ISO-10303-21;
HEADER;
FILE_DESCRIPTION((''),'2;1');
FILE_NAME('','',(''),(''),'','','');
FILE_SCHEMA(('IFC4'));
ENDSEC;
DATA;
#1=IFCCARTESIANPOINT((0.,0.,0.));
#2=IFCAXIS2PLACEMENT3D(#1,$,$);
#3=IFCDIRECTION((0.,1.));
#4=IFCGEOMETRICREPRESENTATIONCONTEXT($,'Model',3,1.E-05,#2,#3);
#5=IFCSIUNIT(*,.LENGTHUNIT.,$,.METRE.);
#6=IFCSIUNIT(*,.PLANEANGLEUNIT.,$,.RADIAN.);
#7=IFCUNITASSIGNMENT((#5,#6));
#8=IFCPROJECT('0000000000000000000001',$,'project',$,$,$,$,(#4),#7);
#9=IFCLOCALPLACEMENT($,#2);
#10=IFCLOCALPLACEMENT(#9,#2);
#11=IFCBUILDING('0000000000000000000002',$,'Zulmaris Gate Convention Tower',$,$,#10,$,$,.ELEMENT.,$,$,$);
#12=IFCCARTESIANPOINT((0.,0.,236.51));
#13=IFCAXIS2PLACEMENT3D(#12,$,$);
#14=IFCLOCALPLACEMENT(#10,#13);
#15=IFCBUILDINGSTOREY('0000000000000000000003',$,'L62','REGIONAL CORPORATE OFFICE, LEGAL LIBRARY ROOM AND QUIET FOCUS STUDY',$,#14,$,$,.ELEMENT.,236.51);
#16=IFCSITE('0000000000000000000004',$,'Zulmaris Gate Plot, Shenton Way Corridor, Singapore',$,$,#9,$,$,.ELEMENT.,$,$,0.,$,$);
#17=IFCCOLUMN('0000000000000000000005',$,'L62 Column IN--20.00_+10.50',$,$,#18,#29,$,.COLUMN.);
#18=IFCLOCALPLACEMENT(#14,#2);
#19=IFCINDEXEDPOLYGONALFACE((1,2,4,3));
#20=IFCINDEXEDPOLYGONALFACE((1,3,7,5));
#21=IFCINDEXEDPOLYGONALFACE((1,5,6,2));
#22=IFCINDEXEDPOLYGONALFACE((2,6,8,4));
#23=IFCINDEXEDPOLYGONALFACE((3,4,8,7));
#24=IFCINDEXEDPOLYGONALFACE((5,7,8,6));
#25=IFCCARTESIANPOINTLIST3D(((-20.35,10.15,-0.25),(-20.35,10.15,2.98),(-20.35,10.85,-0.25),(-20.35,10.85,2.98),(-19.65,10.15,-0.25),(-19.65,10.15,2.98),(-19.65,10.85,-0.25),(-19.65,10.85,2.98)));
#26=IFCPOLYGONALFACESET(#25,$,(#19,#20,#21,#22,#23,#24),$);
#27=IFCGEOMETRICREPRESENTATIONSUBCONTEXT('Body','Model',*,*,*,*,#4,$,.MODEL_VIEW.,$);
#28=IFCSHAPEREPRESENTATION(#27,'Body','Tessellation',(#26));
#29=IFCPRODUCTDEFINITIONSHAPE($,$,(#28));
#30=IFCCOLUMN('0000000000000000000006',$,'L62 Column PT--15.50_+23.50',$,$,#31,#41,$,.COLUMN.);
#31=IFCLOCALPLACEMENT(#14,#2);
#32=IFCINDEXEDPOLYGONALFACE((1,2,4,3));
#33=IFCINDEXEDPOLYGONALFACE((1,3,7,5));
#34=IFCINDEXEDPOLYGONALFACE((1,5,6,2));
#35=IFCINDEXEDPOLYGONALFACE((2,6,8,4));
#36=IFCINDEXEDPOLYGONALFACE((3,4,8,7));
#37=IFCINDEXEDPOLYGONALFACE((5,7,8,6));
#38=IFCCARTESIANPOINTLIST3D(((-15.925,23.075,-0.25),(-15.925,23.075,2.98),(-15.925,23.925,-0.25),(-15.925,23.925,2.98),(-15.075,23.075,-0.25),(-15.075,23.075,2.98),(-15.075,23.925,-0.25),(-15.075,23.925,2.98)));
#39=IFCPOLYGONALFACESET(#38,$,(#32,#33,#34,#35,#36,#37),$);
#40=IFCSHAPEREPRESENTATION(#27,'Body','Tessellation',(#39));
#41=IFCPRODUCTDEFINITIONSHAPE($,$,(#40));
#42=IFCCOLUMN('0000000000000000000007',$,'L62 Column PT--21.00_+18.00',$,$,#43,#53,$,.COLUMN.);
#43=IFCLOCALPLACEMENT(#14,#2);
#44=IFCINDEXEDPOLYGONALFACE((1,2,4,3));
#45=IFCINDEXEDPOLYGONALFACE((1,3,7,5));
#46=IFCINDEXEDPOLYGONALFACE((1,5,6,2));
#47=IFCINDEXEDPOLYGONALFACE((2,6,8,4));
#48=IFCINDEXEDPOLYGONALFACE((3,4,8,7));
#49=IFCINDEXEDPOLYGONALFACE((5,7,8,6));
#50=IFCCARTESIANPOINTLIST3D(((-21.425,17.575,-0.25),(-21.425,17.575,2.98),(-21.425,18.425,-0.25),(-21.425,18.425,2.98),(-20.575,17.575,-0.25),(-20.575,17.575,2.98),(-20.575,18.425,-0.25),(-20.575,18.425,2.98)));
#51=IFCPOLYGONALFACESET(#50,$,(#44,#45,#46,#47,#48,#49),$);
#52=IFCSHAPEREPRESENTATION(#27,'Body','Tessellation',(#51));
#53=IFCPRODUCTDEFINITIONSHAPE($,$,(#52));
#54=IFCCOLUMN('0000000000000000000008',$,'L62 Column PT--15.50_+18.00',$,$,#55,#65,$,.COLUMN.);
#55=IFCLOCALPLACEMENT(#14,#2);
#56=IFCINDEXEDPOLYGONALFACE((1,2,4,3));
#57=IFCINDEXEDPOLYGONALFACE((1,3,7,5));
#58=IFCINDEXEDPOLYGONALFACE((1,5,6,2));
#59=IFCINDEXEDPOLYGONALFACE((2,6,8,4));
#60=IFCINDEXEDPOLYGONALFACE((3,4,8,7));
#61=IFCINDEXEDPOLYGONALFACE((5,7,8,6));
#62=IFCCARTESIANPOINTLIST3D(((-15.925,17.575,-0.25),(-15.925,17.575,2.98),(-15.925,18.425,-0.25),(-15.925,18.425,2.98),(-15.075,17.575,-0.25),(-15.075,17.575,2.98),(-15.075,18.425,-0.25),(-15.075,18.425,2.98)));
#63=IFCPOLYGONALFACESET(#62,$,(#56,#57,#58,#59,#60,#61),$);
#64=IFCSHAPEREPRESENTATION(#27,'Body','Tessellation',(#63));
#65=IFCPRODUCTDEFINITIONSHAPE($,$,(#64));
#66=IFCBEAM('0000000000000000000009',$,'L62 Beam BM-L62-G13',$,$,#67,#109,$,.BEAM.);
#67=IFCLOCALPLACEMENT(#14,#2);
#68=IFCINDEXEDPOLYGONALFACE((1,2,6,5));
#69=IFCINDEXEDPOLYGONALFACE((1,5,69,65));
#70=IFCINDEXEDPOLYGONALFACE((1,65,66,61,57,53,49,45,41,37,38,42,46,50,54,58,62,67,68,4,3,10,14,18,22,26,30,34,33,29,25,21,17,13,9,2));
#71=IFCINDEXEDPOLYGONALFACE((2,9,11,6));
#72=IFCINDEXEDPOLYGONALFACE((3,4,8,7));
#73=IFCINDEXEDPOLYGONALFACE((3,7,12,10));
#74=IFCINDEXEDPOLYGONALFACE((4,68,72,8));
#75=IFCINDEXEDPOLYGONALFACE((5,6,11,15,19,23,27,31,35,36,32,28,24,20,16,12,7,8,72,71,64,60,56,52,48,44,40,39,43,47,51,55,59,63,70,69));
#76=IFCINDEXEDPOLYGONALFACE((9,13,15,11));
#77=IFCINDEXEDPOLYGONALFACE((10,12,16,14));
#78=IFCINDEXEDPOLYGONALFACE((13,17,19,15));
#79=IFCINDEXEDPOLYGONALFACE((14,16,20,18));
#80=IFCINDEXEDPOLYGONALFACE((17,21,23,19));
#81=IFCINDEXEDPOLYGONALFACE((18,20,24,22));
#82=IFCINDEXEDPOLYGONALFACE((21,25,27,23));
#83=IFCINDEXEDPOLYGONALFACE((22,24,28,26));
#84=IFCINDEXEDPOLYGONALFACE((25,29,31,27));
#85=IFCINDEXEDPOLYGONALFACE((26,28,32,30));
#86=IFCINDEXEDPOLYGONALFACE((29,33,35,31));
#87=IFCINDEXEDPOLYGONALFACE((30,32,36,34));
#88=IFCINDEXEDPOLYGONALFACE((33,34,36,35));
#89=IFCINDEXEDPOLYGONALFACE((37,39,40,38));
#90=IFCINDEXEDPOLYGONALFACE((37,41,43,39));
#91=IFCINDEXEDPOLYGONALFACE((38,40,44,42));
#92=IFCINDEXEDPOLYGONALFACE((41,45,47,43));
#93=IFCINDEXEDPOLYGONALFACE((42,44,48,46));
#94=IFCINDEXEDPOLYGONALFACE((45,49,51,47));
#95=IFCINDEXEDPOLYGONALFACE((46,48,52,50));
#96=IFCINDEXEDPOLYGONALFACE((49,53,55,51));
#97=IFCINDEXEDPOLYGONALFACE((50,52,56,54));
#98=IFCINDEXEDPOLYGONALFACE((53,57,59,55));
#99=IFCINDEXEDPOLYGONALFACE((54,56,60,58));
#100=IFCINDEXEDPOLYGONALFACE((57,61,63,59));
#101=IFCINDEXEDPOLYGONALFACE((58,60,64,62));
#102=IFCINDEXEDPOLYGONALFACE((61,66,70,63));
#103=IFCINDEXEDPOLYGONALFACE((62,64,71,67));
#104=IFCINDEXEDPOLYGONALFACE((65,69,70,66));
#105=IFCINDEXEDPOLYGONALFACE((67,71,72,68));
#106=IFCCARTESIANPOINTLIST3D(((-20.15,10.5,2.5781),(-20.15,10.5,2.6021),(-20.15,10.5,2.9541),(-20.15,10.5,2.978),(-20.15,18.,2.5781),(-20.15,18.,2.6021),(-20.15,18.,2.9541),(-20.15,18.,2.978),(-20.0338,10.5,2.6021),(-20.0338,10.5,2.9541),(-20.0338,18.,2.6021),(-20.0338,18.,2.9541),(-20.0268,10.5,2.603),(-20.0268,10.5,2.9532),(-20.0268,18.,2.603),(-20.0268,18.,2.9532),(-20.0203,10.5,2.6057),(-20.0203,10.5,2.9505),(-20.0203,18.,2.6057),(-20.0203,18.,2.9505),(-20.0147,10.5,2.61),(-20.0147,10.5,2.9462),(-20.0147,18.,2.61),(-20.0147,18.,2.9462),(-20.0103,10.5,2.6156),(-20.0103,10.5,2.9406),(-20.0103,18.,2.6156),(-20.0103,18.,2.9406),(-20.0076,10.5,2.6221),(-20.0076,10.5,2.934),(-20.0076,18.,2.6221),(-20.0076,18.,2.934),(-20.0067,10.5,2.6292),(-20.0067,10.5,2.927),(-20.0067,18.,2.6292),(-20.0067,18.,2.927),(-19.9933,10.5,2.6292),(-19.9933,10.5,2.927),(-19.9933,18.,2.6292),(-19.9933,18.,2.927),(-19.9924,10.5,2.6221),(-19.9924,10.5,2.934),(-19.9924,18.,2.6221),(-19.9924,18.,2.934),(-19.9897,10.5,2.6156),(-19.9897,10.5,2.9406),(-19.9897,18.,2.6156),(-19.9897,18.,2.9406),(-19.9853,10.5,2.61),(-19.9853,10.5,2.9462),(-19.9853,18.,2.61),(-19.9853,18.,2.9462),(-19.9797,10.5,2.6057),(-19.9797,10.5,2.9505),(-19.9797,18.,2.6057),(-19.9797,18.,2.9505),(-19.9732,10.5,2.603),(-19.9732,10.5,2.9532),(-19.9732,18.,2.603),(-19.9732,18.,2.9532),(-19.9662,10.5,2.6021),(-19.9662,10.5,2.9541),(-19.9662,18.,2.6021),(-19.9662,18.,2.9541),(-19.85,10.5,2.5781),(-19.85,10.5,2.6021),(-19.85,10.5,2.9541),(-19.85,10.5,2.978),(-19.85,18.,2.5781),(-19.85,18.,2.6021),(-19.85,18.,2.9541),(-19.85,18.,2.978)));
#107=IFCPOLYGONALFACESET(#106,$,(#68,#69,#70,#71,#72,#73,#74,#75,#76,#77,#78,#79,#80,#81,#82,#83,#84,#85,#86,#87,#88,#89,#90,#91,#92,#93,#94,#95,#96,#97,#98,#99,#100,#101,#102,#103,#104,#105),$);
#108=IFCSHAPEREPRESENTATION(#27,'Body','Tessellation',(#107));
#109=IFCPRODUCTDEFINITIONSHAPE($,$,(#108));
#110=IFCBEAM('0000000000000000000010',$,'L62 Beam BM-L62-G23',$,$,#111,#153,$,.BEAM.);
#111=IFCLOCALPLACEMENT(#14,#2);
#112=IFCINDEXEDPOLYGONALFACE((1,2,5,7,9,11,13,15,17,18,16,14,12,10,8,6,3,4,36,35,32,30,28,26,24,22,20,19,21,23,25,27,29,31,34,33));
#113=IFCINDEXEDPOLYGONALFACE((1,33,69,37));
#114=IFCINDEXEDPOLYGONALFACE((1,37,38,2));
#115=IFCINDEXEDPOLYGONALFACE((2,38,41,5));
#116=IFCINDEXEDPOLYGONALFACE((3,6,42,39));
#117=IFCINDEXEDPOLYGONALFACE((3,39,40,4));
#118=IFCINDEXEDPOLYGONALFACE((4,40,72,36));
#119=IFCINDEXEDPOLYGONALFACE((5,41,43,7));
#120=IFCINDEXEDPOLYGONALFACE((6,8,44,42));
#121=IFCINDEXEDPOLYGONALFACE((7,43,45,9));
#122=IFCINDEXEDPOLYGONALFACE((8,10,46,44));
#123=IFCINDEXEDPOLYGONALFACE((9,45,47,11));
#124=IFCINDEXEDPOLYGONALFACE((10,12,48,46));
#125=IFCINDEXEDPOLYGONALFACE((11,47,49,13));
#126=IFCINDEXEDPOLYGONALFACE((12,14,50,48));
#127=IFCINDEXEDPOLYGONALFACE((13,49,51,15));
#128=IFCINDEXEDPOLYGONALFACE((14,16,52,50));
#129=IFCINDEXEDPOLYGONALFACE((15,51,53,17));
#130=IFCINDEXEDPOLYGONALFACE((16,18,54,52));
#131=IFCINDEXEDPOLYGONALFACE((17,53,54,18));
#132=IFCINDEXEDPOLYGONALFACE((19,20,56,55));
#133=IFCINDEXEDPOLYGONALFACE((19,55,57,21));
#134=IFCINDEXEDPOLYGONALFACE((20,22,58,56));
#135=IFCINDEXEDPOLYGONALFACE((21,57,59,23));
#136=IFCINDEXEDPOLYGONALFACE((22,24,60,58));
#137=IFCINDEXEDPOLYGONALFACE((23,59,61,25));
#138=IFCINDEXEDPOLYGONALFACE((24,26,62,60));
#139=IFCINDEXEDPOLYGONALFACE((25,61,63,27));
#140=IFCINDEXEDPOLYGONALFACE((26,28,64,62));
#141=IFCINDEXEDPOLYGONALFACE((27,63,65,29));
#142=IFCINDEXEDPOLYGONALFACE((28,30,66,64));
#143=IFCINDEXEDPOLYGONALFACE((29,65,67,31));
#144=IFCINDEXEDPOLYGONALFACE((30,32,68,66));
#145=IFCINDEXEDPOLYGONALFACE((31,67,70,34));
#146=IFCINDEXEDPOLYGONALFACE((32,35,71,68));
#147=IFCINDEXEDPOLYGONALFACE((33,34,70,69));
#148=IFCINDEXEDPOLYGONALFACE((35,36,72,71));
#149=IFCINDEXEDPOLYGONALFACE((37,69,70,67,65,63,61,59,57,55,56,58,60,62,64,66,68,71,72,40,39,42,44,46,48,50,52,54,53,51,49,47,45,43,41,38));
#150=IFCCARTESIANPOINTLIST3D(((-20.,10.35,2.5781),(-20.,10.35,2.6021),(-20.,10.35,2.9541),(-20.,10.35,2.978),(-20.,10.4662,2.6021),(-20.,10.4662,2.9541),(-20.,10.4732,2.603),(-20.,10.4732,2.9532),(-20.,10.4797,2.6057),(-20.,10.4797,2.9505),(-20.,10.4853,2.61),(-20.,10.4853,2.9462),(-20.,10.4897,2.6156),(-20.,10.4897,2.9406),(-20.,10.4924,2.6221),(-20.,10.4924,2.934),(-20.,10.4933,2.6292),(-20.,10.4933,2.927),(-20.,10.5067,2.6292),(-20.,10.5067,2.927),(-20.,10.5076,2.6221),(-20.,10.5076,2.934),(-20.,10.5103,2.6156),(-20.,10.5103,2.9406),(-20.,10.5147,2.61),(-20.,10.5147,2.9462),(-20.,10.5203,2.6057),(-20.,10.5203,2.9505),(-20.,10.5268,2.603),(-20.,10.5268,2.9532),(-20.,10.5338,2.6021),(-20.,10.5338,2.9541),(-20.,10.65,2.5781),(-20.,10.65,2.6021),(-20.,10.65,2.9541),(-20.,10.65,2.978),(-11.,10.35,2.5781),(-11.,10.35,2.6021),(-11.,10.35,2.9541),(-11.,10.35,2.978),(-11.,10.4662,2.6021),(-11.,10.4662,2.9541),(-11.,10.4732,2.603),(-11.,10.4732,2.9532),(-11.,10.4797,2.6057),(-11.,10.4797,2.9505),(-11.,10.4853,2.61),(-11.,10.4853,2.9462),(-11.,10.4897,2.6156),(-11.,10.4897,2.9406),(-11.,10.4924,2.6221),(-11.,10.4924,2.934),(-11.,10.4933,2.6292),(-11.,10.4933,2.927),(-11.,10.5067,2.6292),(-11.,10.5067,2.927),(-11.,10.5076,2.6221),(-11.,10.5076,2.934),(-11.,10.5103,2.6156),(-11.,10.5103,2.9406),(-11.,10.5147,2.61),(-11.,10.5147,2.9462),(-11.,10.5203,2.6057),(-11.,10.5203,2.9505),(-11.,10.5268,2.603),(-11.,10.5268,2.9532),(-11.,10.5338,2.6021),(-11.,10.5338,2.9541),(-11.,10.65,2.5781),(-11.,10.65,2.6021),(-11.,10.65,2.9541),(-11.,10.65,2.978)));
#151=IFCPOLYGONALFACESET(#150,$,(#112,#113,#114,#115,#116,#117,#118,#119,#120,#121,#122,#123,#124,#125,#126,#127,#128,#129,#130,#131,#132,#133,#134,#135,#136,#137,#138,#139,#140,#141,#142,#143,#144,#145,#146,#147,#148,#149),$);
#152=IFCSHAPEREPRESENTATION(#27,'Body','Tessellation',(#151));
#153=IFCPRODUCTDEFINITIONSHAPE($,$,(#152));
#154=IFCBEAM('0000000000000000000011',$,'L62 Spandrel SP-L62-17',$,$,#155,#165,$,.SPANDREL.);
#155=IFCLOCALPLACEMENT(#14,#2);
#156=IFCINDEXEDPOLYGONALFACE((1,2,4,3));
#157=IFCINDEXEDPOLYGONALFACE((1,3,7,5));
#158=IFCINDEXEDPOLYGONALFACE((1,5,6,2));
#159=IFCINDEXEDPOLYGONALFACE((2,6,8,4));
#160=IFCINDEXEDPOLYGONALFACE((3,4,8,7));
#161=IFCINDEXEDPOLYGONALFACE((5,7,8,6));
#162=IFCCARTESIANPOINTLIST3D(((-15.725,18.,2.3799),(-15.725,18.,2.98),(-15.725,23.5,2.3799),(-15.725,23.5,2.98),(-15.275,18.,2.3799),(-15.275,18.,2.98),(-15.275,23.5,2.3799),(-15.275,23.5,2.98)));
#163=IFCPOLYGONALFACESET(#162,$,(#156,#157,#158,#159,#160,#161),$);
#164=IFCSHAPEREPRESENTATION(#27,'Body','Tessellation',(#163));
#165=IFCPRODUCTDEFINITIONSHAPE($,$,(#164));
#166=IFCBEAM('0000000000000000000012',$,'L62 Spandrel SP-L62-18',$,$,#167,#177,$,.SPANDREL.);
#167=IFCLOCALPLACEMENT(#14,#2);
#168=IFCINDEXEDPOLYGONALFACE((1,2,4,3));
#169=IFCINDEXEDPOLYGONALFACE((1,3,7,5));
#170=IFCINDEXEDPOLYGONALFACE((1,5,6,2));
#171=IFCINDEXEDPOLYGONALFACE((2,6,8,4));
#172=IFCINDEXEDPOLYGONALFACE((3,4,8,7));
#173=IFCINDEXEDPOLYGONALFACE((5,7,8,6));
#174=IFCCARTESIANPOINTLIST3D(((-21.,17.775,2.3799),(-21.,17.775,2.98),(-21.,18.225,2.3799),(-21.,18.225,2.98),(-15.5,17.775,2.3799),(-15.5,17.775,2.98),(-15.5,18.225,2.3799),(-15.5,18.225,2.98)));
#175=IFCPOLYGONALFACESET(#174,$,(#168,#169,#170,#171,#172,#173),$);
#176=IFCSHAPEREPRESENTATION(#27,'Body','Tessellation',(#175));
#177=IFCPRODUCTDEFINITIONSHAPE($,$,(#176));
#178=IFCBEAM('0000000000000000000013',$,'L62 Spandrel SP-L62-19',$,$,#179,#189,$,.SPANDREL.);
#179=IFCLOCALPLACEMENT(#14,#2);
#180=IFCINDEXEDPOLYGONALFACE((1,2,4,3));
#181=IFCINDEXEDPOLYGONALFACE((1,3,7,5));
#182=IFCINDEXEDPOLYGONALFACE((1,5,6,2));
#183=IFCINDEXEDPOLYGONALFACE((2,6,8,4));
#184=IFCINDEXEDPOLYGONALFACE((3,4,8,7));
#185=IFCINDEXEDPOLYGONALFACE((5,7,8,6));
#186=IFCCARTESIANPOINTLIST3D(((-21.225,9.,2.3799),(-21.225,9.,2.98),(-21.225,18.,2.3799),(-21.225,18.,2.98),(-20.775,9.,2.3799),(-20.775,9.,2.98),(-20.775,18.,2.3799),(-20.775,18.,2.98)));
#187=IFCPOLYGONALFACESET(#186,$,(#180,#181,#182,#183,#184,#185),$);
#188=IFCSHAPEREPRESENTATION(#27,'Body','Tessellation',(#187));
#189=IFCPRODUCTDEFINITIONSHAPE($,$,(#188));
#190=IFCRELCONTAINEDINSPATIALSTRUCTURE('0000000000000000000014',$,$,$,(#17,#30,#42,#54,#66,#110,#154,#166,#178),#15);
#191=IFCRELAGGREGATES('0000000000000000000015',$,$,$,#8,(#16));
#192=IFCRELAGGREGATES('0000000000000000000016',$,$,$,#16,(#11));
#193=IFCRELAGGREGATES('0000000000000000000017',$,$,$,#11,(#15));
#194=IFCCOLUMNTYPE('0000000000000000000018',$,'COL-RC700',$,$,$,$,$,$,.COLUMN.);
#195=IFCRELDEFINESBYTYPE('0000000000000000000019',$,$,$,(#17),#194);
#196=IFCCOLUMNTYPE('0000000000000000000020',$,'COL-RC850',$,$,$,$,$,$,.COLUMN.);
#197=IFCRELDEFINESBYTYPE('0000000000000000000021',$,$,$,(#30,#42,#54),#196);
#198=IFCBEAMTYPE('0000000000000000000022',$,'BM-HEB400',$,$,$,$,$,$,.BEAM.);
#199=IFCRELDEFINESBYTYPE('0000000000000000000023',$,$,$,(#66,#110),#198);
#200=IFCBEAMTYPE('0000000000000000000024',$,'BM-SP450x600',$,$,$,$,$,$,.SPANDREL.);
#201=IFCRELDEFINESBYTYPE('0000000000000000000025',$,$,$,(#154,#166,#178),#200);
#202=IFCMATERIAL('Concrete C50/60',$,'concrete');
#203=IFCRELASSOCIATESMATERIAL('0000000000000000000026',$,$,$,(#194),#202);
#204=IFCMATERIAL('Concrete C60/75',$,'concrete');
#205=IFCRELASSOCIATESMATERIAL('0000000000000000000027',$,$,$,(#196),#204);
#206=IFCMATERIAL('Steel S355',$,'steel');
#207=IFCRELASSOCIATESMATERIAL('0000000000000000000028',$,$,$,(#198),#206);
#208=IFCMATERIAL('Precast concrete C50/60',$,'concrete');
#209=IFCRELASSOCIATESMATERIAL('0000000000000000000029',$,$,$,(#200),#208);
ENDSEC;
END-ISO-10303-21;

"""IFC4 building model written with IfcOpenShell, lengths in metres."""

from ifc_helpers import new_model, si_unit, direction, frame, origin, origin_2d, place, context, subcontext, project, spatial, rectangle, i_section, extrude, material, material_profile, profile_set, type_object, element, save


model = new_model("IFC4")

# Units and contexts
model_context = context("Model", 3, precision=1e-05, world=origin(), true_north=direction((0.0, 1.0)))
body_context = subcontext(model_context, "Body", "Model", "MODEL_VIEW")
ifc_project = project(units=[si_unit("LENGTHUNIT", "METRE"), si_unit("PLANEANGLEUNIT", "RADIAN")], contexts=[model_context])

# Site, building, storey
site_placement = place(None, origin())
site = spatial("IfcSite", under=ifc_project, at=site_placement, Name="Zulmaris Gate Plot, Shenton Way Corridor, Singapore", CompositionType="ELEMENT", RefElevation=0.0)
building_placement = place(site_placement, origin())
building = spatial("IfcBuilding", under=site, at=building_placement, Name="Zulmaris Gate Convention Tower", CompositionType="ELEMENT")
storey_placement = place(building_placement, frame((0.0, 0.0, 236.51)))
storey = spatial("IfcBuildingStorey", under=building, at=storey_placement, Name="L62", Description="REGIONAL CORPORATE OFFICE, LEGAL LIBRARY ROOM AND QUIET FOCUS STUDY", CompositionType="ELEMENT", Elevation=236.51)

# Columns
ifc_material_1 = material(Name="Concrete C50/60", Category="concrete")
ifc_material_profile_1 = material_profile(ifc_material_1, rectangle(XDim=0.7, YDim=0.7, at=origin_2d()), Name="RC COL 700x700")
ifc_profile_set_1 = profile_set([ifc_material_profile_1], Name="Concrete C50/60")
column_type_1 = type_object("IfcColumnType", Name="COL-RC700", PredefinedType="COLUMN", material=ifc_profile_set_1)
column_placement = place(storey_placement, frame((-20.0, 10.5, -0.25), z_axis=(0.0, 0.0, 1.0), x_axis=(1.0, 0.0, 0.0)))
element("IfcColumn", 1, at=column_placement, inside=storey, type_object=column_type_1, Name="L62 Column IN--20.00_+10.50", PredefinedType="COLUMN", context=body_context, shape_type="SweptSolid", body=[
    extrude(rectangle(XDim=0.7, YDim=0.7, at=origin_2d()), origin(), (0.0, 0.0, 1.0), 3.23),
])
ifc_material_2 = material(Name="Concrete C60/75", Category="concrete")
ifc_material_profile_2 = material_profile(ifc_material_2, rectangle(XDim=0.8501, YDim=0.8501, at=origin_2d()), Name="RC COL 850x850")
ifc_profile_set_2 = profile_set([ifc_material_profile_2], Name="Concrete C60/75")
column_type_2 = type_object("IfcColumnType", Name="COL-RC850", PredefinedType="COLUMN", material=ifc_profile_set_2)
for number, where, z_axis, x_axis, name in (
    (2, (-15.5, 23.5, -0.25), (0.0, 0.0, 1.0), (1.0, 0.0, 0.0), "L62 Column PT--15.50_+23.50"),
    (3, (-21.0, 18.0, -0.25), (0.0, 0.0, 1.0), (1.0, 0.0, 0.0), "L62 Column PT--21.00_+18.00"),
    (4, (-15.5, 18.0, -0.25), (0.0, 0.0, 1.0), (1.0, 0.0, 0.0), "L62 Column PT--15.50_+18.00"),
):
    element("IfcColumn", number, at=place(storey_placement, frame(where, z_axis=z_axis, x_axis=x_axis)), inside=storey, type_object=column_type_2, Name=name, PredefinedType="COLUMN", context=body_context, shape_type="SweptSolid", body=[
        extrude(rectangle(XDim=0.8501, YDim=0.8501, at=origin_2d()), origin(), (0.0, 0.0, 1.0), 3.23),
    ])

# Beams
ifc_material_3 = material(Name="Steel S355", Category="steel")
ifc_material_profile_3 = material_profile(ifc_material_3, i_section(OverallWidth=0.3, OverallDepth=0.3999, WebThickness=0.0134, FlangeThickness=0.0239, FilletRadius=0.0271, at=origin_2d()), Name="HEB 400")
ifc_profile_set_3 = profile_set([ifc_material_profile_3], Name="Steel S355")
beam_type_1 = type_object("IfcBeamType", Name="BM-HEB400", PredefinedType="BEAM", material=ifc_profile_set_3)
beam_1_placement = place(storey_placement, frame((-20.0, 10.5, 2.7781), z_axis=(0.0, 1.0, 0.0), x_axis=(-1.0, 0.0, 0.0)))
element("IfcBeam", 5, at=beam_1_placement, inside=storey, type_object=beam_type_1, Name="L62 Beam BM-L62-G13", PredefinedType="BEAM", context=body_context, shape_type="SweptSolid", body=[
    extrude(i_section(OverallWidth=0.3, OverallDepth=0.3999, WebThickness=0.0134, FlangeThickness=0.0239, FilletRadius=0.0271, at=origin_2d()), origin(), (0.0, 0.0, 1.0), 7.5),
])
beam_2_placement = place(storey_placement, frame((-20.0, 10.5, 2.7781), z_axis=(1.0, 0.0, 0.0), x_axis=(0.0, 1.0, 0.0)))
element("IfcBeam", 6, at=beam_2_placement, inside=storey, type_object=beam_type_1, Name="L62 Beam BM-L62-G23", PredefinedType="BEAM", context=body_context, shape_type="SweptSolid", body=[
    extrude(i_section(OverallWidth=0.3, OverallDepth=0.3999, WebThickness=0.0134, FlangeThickness=0.0239, FilletRadius=0.0271, at=origin_2d()), origin(), (0.0, 0.0, 1.0), 9.0),
])
ifc_material_4 = material(Name="Precast concrete C50/60", Category="concrete")
ifc_material_profile_4 = material_profile(ifc_material_4, rectangle(XDim=0.45, YDim=0.6001, at=origin_2d()), Name="RC SPANDREL 450x600")
ifc_profile_set_4 = profile_set([ifc_material_profile_4], Name="Precast concrete C50/60")
beam_type_2 = type_object("IfcBeamType", Name="BM-SP450x600", PredefinedType="SPANDREL", material=ifc_profile_set_4)
for number, where, z_axis, x_axis, name in (
    (7, (-15.5, 23.5, 2.6799), (0.0, -1.0, 0.0), (1.0, 0.0, 0.0), "L62 Spandrel SP-L62-17"),
    (8, (-15.5, 18.0, 2.6799), (-1.0, 0.0, 0.0), (0.0, -1.0, 0.0), "L62 Spandrel SP-L62-18"),
):
    element("IfcBeam", number, at=place(storey_placement, frame(where, z_axis=z_axis, x_axis=x_axis)), inside=storey, type_object=beam_type_2, Name=name, PredefinedType="SPANDREL", context=body_context, shape_type="SweptSolid", body=[
        extrude(rectangle(XDim=0.45, YDim=0.6001, at=origin_2d()), origin(), (0.0, 0.0, 1.0), 5.5),
    ])
beam_3_placement = place(storey_placement, frame((-21.0, 18.0, 2.6799), z_axis=(0.0, -1.0, 0.0), x_axis=(1.0, 0.0, 0.0)))
element("IfcBeam", 9, at=beam_3_placement, inside=storey, type_object=beam_type_2, Name="L62 Spandrel SP-L62-19", PredefinedType="SPANDREL", context=body_context, shape_type="SweptSolid", body=[
    extrude(rectangle(XDim=0.45, YDim=0.6001, at=origin_2d()), origin(), (0.0, 0.0, 1.0), 9.0),
])

save(model, "model.ifc")
